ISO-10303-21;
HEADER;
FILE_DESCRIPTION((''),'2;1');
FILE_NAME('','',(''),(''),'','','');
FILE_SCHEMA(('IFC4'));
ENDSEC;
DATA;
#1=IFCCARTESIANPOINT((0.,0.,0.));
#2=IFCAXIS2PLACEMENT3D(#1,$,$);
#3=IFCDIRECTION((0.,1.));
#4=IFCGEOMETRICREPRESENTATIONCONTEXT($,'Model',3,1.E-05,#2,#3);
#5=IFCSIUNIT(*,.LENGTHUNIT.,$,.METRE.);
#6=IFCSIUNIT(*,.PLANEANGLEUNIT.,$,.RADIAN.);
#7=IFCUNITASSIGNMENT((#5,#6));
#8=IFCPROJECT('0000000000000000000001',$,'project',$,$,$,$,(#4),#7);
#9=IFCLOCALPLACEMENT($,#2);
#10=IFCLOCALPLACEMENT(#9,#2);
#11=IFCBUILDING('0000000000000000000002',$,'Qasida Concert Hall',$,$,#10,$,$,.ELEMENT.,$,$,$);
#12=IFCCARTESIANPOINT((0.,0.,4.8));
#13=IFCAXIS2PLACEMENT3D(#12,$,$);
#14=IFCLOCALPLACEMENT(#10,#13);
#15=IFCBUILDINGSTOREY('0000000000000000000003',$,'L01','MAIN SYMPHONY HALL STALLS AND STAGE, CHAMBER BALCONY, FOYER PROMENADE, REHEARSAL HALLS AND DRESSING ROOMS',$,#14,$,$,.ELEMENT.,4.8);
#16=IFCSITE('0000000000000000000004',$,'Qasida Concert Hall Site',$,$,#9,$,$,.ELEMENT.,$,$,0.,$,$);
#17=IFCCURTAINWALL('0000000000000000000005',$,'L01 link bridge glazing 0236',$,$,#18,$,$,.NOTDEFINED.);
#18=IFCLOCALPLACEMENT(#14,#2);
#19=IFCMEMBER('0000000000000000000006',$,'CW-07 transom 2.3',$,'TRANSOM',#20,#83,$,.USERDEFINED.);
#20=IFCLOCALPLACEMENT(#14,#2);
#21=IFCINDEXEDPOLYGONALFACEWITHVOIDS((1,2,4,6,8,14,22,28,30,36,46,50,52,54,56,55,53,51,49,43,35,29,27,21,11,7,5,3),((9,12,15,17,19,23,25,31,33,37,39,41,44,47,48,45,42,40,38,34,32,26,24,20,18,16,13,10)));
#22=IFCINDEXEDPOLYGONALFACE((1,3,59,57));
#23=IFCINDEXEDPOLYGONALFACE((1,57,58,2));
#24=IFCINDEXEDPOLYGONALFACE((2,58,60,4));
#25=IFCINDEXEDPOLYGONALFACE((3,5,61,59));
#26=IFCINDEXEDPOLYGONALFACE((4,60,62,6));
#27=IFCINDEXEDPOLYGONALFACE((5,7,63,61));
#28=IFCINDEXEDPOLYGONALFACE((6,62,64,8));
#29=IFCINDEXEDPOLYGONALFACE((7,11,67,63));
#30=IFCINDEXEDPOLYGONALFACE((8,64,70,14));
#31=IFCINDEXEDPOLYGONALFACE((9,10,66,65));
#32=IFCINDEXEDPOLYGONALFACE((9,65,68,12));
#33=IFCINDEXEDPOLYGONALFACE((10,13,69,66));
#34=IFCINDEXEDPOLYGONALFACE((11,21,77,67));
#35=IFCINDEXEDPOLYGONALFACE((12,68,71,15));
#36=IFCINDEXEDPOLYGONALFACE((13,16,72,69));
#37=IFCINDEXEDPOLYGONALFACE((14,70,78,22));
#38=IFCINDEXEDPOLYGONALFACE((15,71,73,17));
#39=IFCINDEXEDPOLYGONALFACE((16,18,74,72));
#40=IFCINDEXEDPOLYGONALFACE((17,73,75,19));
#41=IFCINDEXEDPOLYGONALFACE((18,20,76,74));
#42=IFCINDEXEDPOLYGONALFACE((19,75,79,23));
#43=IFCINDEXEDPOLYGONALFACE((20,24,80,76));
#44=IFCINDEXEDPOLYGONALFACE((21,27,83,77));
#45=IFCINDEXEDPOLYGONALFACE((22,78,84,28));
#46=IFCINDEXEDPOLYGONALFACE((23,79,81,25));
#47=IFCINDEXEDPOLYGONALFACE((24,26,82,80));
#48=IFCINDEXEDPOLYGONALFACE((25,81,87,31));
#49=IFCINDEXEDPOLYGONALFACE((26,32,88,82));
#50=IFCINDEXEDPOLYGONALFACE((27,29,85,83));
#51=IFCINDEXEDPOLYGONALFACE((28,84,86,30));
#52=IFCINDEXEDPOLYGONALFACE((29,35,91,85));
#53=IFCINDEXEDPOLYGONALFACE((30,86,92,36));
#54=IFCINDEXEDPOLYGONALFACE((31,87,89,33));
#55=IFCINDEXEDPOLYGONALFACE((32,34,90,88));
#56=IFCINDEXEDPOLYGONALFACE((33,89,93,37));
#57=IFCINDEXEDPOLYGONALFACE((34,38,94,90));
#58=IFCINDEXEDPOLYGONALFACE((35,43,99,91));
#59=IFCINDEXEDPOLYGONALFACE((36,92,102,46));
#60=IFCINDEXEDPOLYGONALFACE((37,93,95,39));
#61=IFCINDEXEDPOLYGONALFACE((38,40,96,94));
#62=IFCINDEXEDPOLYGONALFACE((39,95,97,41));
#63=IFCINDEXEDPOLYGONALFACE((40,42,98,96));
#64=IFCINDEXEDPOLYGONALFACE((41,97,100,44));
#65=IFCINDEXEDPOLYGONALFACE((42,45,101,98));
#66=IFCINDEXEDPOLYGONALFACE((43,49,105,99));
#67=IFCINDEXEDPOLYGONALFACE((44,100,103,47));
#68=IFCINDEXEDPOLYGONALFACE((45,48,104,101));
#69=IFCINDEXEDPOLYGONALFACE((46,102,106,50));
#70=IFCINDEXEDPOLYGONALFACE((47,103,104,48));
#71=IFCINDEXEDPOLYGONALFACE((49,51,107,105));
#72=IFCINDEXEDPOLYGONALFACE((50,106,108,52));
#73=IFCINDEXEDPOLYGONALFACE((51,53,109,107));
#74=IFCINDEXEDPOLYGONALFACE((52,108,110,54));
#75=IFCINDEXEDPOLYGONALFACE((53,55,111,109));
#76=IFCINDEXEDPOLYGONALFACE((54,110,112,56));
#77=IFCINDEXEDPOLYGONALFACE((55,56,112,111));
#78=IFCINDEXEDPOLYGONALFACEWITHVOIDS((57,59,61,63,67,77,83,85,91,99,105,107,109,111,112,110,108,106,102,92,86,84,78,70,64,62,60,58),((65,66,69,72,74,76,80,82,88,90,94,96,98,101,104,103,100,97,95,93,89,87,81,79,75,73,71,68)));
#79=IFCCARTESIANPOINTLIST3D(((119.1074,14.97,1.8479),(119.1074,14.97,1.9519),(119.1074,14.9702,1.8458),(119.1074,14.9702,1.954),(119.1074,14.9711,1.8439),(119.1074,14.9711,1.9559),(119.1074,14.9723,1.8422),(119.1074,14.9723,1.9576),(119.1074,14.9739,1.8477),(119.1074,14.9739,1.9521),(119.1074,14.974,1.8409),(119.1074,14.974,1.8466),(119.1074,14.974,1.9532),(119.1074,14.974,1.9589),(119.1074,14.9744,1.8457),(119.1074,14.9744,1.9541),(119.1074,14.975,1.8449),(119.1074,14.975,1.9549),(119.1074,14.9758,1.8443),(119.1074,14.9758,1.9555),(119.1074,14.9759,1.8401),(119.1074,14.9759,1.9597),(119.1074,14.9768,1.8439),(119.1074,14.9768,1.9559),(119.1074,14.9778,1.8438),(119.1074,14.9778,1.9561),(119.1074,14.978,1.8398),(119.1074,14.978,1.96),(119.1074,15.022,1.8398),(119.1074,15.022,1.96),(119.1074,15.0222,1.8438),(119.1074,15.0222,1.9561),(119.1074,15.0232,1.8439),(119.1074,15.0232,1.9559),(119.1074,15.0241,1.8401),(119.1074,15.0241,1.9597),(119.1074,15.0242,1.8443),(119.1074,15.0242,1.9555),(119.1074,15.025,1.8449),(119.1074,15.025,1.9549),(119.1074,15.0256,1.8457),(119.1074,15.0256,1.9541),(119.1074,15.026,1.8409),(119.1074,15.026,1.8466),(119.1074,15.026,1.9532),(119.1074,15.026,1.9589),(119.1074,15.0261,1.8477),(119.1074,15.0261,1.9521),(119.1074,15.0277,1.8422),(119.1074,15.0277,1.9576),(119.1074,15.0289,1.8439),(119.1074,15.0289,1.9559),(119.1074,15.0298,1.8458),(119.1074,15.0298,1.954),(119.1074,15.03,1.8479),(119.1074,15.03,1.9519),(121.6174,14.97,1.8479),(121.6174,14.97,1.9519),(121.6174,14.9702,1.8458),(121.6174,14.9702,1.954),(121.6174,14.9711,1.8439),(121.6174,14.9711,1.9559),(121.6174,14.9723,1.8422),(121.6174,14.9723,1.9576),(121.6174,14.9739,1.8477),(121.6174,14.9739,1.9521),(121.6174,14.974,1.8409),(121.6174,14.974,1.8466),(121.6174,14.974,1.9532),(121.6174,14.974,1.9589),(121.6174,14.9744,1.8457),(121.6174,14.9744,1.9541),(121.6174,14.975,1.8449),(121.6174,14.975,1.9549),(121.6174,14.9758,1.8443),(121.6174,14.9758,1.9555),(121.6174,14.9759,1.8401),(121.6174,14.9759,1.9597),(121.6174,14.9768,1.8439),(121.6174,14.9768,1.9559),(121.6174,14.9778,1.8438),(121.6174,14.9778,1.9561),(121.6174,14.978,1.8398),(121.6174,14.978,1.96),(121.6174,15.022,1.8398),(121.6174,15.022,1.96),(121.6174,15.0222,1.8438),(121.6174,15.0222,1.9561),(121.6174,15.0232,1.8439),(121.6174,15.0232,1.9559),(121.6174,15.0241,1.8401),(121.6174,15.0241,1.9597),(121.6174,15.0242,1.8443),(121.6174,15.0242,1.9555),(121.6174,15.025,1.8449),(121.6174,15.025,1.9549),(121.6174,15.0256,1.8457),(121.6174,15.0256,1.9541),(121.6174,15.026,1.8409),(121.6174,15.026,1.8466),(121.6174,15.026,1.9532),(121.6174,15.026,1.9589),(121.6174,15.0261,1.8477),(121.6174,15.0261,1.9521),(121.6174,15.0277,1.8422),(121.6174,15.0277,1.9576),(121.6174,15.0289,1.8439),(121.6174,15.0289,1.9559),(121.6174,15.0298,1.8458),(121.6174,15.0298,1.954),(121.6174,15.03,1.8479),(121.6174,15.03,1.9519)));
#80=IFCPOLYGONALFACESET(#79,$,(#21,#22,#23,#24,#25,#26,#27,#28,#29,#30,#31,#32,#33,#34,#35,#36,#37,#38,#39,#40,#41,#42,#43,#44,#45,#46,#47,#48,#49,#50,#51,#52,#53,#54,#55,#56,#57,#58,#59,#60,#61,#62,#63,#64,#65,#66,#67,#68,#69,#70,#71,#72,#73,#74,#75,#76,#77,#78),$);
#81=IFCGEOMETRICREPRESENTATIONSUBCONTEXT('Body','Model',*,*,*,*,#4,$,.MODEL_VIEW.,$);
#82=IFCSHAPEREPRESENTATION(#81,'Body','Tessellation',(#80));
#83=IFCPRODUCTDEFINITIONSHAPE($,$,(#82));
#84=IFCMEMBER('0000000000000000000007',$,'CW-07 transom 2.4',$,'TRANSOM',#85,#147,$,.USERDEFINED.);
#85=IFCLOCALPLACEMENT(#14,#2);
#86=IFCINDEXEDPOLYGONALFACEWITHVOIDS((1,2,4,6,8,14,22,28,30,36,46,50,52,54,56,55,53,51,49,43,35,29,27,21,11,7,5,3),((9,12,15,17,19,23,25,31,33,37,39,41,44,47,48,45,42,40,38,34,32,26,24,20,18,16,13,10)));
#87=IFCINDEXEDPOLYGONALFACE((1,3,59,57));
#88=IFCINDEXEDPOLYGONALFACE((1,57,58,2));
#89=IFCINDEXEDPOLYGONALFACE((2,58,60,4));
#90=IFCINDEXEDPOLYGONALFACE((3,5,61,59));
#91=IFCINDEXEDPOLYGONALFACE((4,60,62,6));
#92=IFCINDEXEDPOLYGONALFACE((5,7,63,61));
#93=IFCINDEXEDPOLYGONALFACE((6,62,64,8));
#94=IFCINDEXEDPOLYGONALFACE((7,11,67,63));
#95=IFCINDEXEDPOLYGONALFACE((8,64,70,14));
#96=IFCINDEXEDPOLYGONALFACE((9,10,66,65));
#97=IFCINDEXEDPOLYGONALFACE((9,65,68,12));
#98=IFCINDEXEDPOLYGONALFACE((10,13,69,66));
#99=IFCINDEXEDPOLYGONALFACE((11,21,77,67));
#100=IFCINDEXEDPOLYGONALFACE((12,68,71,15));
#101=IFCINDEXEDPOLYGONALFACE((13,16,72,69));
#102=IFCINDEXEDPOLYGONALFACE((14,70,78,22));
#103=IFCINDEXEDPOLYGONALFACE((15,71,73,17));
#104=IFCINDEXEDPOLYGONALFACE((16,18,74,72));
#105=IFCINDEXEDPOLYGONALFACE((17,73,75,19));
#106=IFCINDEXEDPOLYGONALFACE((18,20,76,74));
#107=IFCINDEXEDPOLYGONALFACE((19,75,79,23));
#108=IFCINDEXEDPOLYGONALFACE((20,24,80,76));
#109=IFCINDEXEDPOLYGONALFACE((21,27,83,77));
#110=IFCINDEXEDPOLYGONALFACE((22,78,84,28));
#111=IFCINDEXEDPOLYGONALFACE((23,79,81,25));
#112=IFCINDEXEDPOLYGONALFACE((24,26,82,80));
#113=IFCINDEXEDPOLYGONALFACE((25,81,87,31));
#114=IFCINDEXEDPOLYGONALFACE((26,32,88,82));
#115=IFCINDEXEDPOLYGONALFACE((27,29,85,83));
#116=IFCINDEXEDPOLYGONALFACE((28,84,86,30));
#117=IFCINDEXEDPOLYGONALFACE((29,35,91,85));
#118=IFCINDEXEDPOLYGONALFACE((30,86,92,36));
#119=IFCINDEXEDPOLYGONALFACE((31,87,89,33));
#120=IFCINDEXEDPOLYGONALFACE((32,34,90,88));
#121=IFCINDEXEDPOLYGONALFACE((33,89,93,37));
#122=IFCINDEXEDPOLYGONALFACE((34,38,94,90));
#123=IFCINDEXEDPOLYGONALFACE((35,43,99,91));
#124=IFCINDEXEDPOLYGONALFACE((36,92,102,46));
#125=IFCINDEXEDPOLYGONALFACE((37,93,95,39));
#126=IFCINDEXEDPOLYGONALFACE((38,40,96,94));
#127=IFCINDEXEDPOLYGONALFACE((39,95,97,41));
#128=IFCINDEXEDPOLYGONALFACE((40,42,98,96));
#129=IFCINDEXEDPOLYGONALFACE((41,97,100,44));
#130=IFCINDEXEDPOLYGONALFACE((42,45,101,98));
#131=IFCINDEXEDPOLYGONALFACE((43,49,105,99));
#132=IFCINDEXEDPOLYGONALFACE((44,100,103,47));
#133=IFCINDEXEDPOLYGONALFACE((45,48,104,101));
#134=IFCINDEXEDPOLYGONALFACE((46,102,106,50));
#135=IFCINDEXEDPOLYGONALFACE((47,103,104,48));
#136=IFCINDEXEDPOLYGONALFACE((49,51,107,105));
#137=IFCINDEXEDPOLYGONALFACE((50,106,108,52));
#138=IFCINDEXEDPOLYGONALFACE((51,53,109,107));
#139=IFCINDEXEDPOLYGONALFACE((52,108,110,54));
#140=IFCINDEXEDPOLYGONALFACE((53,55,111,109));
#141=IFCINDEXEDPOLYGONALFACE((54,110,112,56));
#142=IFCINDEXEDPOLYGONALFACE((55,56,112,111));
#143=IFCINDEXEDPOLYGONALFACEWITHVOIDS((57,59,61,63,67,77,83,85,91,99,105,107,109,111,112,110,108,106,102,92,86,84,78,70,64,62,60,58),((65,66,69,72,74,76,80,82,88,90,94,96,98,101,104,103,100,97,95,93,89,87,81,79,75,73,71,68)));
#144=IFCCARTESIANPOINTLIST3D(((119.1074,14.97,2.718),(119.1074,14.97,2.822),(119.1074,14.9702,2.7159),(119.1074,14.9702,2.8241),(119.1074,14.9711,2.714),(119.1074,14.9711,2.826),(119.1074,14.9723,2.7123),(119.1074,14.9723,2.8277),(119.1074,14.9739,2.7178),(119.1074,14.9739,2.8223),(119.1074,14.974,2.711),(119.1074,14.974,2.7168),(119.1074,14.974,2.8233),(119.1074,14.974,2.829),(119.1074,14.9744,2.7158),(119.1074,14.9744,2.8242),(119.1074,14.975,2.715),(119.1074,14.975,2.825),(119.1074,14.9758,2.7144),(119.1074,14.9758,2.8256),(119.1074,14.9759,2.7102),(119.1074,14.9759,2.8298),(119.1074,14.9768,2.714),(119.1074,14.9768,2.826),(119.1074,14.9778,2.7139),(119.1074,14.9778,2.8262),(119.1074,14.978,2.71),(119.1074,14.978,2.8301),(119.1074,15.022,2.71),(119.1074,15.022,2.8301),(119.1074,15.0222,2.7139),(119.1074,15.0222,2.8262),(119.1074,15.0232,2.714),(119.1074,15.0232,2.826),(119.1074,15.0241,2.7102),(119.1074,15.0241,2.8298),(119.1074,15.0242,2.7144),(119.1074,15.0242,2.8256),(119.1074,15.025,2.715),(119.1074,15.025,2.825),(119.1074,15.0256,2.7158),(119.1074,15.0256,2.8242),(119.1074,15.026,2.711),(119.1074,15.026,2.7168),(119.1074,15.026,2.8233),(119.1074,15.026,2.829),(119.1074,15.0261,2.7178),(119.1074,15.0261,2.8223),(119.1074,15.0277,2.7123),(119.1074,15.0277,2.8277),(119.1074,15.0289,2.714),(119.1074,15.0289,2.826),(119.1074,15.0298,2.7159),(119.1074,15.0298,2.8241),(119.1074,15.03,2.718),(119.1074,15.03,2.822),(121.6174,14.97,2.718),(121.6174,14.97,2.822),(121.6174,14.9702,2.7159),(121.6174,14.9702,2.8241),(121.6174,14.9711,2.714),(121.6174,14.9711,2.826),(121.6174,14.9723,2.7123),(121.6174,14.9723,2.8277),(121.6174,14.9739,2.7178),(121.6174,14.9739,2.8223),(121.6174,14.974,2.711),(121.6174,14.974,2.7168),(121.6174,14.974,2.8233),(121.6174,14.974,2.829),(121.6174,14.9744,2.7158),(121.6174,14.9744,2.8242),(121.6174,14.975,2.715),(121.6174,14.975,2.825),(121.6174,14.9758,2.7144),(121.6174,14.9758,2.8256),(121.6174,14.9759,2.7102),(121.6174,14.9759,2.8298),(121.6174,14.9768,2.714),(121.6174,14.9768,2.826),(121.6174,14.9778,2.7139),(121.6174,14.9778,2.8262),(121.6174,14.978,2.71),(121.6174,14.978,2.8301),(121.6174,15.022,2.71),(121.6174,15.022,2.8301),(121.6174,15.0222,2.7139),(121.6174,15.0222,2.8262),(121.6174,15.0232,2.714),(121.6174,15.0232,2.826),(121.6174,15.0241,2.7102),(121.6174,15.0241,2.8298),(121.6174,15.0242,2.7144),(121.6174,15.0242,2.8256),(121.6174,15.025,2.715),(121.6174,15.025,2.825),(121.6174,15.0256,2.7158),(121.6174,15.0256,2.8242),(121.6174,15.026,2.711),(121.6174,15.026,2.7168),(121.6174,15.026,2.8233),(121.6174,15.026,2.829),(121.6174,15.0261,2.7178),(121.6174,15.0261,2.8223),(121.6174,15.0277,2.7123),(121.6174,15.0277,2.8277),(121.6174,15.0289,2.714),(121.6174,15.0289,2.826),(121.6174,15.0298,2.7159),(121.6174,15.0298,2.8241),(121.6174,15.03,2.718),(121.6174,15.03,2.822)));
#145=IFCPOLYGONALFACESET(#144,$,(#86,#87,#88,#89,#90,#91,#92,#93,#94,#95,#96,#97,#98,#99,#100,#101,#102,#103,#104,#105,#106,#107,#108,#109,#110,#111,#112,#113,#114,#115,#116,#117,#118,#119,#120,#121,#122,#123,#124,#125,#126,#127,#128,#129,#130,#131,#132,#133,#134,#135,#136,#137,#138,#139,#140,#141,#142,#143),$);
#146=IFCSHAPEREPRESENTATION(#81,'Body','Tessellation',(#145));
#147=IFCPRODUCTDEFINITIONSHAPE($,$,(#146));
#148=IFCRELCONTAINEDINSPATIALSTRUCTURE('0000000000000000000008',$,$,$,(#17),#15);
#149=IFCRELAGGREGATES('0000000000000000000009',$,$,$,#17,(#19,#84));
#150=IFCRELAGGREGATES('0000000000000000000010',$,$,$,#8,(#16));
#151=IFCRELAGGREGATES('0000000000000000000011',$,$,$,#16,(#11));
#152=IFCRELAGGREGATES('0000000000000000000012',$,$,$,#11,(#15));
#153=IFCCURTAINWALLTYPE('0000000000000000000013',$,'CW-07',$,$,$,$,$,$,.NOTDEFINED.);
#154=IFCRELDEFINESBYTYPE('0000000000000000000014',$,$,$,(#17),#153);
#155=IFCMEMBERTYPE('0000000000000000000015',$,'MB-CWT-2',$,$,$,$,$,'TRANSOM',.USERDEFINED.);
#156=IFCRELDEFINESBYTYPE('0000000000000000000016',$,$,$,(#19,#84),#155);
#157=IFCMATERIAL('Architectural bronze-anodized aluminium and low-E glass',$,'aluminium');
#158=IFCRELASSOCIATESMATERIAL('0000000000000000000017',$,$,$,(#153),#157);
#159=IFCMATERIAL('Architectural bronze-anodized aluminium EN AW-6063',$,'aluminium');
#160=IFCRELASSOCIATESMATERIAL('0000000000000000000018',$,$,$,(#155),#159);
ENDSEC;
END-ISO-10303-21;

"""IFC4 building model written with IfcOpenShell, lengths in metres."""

from ifc_helpers import new_model, si_unit, direction, frame, origin, origin_2d, place, context, subcontext, project, spatial, hollow_rectangle, extrude, material, material_profile, profile_set, type_object, element, aggregate, save


model = new_model("IFC4")

# Units and contexts
model_context = context("Model", 3, precision=1e-05, world=origin(), true_north=direction((0.0, 1.0)))
body_context = subcontext(model_context, "Body", "Model", "MODEL_VIEW")
ifc_project = project(units=[si_unit("LENGTHUNIT", "METRE"), si_unit("PLANEANGLEUNIT", "RADIAN")], contexts=[model_context])

# Site, building, storey
site_placement = place(None, origin())
site = spatial("IfcSite", under=ifc_project, at=site_placement, Name="Qasida Concert Hall Site", CompositionType="ELEMENT", RefElevation=0.0)
building_placement = place(site_placement, origin())
building = spatial("IfcBuilding", under=site, at=building_placement, Name="Qasida Concert Hall", CompositionType="ELEMENT")
storey_placement = place(building_placement, frame((0.0, 0.0, 4.8)))
storey = spatial("IfcBuildingStorey", under=building, at=storey_placement, Name="L01", Description="MAIN SYMPHONY HALL STALLS AND STAGE, CHAMBER BALCONY, FOYER PROMENADE, REHEARSAL HALLS AND DRESSING ROOMS", CompositionType="ELEMENT", Elevation=4.8)

# Curtain wall
ifc_material_1 = material(Name="Architectural bronze-anodized aluminium and low-E glass", Category="aluminium")
curtain_wall_type = type_object("IfcCurtainWallType", Name="CW-07", PredefinedType="NOTDEFINED", material=ifc_material_1)
curtain_wall_1_placement = place(storey_placement, origin())
curtain_wall_1 = element("IfcCurtainWall", 1, at=curtain_wall_1_placement, inside=storey, type_object=curtain_wall_type, Name="L01 link bridge glazing 0236", PredefinedType="NOTDEFINED")
ifc_material_2 = material(Name="Architectural bronze-anodized aluminium EN AW-6063", Category="aluminium")

# Members
ifc_material_profile_1 = material_profile(ifc_material_2, hollow_rectangle(XDim=0.0601, YDim=0.1201, WallThickness=0.0039, InnerFilletRadius=0.0039, OuterFilletRadius=0.0081, at=origin_2d()), Name="CWT 120x60x4")
ifc_profile_set_1 = profile_set([ifc_material_profile_1], Name="Architectural bronze-anodized aluminium EN AW-6063")
member_type_1 = type_object("IfcMemberType", Name="MB-CWT-2", ElementType="TRANSOM", PredefinedType="USERDEFINED", material=ifc_profile_set_1)
member_1_placement = place(storey_placement, frame((119.1074, 15.0, 1.8999), z_axis=(1.0, 0.0, 0.0), x_axis=(0.0, 1.0, 0.0)))
member_1 = element("IfcMember", 2, at=member_1_placement, type_object=member_type_1, Name="CW-07 transom 2.3", ObjectType="TRANSOM", PredefinedType="USERDEFINED", context=body_context, shape_type="SweptSolid", body=[
    extrude(hollow_rectangle(XDim=0.0601, YDim=0.1201, WallThickness=0.0039, InnerFilletRadius=0.0039, OuterFilletRadius=0.0081, at=origin_2d()), origin(), (0.0, 0.0, 1.0), 2.51),
])
member_2_placement = place(storey_placement, frame((119.1074, 15.0, 2.77), z_axis=(1.0, 0.0, 0.0), x_axis=(0.0, 1.0, 0.0)))
member_2 = element("IfcMember", 3, at=member_2_placement, type_object=member_type_1, Name="CW-07 transom 2.4", ObjectType="TRANSOM", PredefinedType="USERDEFINED", context=body_context, shape_type="SweptSolid", body=[
    extrude(hollow_rectangle(XDim=0.0601, YDim=0.1201, WallThickness=0.0039, InnerFilletRadius=0.0039, OuterFilletRadius=0.0081, at=origin_2d()), origin(), (0.0, 0.0, 1.0), 2.51),
])

aggregate(curtain_wall_1, [member_1, member_2])

save(model, "model.ifc")
